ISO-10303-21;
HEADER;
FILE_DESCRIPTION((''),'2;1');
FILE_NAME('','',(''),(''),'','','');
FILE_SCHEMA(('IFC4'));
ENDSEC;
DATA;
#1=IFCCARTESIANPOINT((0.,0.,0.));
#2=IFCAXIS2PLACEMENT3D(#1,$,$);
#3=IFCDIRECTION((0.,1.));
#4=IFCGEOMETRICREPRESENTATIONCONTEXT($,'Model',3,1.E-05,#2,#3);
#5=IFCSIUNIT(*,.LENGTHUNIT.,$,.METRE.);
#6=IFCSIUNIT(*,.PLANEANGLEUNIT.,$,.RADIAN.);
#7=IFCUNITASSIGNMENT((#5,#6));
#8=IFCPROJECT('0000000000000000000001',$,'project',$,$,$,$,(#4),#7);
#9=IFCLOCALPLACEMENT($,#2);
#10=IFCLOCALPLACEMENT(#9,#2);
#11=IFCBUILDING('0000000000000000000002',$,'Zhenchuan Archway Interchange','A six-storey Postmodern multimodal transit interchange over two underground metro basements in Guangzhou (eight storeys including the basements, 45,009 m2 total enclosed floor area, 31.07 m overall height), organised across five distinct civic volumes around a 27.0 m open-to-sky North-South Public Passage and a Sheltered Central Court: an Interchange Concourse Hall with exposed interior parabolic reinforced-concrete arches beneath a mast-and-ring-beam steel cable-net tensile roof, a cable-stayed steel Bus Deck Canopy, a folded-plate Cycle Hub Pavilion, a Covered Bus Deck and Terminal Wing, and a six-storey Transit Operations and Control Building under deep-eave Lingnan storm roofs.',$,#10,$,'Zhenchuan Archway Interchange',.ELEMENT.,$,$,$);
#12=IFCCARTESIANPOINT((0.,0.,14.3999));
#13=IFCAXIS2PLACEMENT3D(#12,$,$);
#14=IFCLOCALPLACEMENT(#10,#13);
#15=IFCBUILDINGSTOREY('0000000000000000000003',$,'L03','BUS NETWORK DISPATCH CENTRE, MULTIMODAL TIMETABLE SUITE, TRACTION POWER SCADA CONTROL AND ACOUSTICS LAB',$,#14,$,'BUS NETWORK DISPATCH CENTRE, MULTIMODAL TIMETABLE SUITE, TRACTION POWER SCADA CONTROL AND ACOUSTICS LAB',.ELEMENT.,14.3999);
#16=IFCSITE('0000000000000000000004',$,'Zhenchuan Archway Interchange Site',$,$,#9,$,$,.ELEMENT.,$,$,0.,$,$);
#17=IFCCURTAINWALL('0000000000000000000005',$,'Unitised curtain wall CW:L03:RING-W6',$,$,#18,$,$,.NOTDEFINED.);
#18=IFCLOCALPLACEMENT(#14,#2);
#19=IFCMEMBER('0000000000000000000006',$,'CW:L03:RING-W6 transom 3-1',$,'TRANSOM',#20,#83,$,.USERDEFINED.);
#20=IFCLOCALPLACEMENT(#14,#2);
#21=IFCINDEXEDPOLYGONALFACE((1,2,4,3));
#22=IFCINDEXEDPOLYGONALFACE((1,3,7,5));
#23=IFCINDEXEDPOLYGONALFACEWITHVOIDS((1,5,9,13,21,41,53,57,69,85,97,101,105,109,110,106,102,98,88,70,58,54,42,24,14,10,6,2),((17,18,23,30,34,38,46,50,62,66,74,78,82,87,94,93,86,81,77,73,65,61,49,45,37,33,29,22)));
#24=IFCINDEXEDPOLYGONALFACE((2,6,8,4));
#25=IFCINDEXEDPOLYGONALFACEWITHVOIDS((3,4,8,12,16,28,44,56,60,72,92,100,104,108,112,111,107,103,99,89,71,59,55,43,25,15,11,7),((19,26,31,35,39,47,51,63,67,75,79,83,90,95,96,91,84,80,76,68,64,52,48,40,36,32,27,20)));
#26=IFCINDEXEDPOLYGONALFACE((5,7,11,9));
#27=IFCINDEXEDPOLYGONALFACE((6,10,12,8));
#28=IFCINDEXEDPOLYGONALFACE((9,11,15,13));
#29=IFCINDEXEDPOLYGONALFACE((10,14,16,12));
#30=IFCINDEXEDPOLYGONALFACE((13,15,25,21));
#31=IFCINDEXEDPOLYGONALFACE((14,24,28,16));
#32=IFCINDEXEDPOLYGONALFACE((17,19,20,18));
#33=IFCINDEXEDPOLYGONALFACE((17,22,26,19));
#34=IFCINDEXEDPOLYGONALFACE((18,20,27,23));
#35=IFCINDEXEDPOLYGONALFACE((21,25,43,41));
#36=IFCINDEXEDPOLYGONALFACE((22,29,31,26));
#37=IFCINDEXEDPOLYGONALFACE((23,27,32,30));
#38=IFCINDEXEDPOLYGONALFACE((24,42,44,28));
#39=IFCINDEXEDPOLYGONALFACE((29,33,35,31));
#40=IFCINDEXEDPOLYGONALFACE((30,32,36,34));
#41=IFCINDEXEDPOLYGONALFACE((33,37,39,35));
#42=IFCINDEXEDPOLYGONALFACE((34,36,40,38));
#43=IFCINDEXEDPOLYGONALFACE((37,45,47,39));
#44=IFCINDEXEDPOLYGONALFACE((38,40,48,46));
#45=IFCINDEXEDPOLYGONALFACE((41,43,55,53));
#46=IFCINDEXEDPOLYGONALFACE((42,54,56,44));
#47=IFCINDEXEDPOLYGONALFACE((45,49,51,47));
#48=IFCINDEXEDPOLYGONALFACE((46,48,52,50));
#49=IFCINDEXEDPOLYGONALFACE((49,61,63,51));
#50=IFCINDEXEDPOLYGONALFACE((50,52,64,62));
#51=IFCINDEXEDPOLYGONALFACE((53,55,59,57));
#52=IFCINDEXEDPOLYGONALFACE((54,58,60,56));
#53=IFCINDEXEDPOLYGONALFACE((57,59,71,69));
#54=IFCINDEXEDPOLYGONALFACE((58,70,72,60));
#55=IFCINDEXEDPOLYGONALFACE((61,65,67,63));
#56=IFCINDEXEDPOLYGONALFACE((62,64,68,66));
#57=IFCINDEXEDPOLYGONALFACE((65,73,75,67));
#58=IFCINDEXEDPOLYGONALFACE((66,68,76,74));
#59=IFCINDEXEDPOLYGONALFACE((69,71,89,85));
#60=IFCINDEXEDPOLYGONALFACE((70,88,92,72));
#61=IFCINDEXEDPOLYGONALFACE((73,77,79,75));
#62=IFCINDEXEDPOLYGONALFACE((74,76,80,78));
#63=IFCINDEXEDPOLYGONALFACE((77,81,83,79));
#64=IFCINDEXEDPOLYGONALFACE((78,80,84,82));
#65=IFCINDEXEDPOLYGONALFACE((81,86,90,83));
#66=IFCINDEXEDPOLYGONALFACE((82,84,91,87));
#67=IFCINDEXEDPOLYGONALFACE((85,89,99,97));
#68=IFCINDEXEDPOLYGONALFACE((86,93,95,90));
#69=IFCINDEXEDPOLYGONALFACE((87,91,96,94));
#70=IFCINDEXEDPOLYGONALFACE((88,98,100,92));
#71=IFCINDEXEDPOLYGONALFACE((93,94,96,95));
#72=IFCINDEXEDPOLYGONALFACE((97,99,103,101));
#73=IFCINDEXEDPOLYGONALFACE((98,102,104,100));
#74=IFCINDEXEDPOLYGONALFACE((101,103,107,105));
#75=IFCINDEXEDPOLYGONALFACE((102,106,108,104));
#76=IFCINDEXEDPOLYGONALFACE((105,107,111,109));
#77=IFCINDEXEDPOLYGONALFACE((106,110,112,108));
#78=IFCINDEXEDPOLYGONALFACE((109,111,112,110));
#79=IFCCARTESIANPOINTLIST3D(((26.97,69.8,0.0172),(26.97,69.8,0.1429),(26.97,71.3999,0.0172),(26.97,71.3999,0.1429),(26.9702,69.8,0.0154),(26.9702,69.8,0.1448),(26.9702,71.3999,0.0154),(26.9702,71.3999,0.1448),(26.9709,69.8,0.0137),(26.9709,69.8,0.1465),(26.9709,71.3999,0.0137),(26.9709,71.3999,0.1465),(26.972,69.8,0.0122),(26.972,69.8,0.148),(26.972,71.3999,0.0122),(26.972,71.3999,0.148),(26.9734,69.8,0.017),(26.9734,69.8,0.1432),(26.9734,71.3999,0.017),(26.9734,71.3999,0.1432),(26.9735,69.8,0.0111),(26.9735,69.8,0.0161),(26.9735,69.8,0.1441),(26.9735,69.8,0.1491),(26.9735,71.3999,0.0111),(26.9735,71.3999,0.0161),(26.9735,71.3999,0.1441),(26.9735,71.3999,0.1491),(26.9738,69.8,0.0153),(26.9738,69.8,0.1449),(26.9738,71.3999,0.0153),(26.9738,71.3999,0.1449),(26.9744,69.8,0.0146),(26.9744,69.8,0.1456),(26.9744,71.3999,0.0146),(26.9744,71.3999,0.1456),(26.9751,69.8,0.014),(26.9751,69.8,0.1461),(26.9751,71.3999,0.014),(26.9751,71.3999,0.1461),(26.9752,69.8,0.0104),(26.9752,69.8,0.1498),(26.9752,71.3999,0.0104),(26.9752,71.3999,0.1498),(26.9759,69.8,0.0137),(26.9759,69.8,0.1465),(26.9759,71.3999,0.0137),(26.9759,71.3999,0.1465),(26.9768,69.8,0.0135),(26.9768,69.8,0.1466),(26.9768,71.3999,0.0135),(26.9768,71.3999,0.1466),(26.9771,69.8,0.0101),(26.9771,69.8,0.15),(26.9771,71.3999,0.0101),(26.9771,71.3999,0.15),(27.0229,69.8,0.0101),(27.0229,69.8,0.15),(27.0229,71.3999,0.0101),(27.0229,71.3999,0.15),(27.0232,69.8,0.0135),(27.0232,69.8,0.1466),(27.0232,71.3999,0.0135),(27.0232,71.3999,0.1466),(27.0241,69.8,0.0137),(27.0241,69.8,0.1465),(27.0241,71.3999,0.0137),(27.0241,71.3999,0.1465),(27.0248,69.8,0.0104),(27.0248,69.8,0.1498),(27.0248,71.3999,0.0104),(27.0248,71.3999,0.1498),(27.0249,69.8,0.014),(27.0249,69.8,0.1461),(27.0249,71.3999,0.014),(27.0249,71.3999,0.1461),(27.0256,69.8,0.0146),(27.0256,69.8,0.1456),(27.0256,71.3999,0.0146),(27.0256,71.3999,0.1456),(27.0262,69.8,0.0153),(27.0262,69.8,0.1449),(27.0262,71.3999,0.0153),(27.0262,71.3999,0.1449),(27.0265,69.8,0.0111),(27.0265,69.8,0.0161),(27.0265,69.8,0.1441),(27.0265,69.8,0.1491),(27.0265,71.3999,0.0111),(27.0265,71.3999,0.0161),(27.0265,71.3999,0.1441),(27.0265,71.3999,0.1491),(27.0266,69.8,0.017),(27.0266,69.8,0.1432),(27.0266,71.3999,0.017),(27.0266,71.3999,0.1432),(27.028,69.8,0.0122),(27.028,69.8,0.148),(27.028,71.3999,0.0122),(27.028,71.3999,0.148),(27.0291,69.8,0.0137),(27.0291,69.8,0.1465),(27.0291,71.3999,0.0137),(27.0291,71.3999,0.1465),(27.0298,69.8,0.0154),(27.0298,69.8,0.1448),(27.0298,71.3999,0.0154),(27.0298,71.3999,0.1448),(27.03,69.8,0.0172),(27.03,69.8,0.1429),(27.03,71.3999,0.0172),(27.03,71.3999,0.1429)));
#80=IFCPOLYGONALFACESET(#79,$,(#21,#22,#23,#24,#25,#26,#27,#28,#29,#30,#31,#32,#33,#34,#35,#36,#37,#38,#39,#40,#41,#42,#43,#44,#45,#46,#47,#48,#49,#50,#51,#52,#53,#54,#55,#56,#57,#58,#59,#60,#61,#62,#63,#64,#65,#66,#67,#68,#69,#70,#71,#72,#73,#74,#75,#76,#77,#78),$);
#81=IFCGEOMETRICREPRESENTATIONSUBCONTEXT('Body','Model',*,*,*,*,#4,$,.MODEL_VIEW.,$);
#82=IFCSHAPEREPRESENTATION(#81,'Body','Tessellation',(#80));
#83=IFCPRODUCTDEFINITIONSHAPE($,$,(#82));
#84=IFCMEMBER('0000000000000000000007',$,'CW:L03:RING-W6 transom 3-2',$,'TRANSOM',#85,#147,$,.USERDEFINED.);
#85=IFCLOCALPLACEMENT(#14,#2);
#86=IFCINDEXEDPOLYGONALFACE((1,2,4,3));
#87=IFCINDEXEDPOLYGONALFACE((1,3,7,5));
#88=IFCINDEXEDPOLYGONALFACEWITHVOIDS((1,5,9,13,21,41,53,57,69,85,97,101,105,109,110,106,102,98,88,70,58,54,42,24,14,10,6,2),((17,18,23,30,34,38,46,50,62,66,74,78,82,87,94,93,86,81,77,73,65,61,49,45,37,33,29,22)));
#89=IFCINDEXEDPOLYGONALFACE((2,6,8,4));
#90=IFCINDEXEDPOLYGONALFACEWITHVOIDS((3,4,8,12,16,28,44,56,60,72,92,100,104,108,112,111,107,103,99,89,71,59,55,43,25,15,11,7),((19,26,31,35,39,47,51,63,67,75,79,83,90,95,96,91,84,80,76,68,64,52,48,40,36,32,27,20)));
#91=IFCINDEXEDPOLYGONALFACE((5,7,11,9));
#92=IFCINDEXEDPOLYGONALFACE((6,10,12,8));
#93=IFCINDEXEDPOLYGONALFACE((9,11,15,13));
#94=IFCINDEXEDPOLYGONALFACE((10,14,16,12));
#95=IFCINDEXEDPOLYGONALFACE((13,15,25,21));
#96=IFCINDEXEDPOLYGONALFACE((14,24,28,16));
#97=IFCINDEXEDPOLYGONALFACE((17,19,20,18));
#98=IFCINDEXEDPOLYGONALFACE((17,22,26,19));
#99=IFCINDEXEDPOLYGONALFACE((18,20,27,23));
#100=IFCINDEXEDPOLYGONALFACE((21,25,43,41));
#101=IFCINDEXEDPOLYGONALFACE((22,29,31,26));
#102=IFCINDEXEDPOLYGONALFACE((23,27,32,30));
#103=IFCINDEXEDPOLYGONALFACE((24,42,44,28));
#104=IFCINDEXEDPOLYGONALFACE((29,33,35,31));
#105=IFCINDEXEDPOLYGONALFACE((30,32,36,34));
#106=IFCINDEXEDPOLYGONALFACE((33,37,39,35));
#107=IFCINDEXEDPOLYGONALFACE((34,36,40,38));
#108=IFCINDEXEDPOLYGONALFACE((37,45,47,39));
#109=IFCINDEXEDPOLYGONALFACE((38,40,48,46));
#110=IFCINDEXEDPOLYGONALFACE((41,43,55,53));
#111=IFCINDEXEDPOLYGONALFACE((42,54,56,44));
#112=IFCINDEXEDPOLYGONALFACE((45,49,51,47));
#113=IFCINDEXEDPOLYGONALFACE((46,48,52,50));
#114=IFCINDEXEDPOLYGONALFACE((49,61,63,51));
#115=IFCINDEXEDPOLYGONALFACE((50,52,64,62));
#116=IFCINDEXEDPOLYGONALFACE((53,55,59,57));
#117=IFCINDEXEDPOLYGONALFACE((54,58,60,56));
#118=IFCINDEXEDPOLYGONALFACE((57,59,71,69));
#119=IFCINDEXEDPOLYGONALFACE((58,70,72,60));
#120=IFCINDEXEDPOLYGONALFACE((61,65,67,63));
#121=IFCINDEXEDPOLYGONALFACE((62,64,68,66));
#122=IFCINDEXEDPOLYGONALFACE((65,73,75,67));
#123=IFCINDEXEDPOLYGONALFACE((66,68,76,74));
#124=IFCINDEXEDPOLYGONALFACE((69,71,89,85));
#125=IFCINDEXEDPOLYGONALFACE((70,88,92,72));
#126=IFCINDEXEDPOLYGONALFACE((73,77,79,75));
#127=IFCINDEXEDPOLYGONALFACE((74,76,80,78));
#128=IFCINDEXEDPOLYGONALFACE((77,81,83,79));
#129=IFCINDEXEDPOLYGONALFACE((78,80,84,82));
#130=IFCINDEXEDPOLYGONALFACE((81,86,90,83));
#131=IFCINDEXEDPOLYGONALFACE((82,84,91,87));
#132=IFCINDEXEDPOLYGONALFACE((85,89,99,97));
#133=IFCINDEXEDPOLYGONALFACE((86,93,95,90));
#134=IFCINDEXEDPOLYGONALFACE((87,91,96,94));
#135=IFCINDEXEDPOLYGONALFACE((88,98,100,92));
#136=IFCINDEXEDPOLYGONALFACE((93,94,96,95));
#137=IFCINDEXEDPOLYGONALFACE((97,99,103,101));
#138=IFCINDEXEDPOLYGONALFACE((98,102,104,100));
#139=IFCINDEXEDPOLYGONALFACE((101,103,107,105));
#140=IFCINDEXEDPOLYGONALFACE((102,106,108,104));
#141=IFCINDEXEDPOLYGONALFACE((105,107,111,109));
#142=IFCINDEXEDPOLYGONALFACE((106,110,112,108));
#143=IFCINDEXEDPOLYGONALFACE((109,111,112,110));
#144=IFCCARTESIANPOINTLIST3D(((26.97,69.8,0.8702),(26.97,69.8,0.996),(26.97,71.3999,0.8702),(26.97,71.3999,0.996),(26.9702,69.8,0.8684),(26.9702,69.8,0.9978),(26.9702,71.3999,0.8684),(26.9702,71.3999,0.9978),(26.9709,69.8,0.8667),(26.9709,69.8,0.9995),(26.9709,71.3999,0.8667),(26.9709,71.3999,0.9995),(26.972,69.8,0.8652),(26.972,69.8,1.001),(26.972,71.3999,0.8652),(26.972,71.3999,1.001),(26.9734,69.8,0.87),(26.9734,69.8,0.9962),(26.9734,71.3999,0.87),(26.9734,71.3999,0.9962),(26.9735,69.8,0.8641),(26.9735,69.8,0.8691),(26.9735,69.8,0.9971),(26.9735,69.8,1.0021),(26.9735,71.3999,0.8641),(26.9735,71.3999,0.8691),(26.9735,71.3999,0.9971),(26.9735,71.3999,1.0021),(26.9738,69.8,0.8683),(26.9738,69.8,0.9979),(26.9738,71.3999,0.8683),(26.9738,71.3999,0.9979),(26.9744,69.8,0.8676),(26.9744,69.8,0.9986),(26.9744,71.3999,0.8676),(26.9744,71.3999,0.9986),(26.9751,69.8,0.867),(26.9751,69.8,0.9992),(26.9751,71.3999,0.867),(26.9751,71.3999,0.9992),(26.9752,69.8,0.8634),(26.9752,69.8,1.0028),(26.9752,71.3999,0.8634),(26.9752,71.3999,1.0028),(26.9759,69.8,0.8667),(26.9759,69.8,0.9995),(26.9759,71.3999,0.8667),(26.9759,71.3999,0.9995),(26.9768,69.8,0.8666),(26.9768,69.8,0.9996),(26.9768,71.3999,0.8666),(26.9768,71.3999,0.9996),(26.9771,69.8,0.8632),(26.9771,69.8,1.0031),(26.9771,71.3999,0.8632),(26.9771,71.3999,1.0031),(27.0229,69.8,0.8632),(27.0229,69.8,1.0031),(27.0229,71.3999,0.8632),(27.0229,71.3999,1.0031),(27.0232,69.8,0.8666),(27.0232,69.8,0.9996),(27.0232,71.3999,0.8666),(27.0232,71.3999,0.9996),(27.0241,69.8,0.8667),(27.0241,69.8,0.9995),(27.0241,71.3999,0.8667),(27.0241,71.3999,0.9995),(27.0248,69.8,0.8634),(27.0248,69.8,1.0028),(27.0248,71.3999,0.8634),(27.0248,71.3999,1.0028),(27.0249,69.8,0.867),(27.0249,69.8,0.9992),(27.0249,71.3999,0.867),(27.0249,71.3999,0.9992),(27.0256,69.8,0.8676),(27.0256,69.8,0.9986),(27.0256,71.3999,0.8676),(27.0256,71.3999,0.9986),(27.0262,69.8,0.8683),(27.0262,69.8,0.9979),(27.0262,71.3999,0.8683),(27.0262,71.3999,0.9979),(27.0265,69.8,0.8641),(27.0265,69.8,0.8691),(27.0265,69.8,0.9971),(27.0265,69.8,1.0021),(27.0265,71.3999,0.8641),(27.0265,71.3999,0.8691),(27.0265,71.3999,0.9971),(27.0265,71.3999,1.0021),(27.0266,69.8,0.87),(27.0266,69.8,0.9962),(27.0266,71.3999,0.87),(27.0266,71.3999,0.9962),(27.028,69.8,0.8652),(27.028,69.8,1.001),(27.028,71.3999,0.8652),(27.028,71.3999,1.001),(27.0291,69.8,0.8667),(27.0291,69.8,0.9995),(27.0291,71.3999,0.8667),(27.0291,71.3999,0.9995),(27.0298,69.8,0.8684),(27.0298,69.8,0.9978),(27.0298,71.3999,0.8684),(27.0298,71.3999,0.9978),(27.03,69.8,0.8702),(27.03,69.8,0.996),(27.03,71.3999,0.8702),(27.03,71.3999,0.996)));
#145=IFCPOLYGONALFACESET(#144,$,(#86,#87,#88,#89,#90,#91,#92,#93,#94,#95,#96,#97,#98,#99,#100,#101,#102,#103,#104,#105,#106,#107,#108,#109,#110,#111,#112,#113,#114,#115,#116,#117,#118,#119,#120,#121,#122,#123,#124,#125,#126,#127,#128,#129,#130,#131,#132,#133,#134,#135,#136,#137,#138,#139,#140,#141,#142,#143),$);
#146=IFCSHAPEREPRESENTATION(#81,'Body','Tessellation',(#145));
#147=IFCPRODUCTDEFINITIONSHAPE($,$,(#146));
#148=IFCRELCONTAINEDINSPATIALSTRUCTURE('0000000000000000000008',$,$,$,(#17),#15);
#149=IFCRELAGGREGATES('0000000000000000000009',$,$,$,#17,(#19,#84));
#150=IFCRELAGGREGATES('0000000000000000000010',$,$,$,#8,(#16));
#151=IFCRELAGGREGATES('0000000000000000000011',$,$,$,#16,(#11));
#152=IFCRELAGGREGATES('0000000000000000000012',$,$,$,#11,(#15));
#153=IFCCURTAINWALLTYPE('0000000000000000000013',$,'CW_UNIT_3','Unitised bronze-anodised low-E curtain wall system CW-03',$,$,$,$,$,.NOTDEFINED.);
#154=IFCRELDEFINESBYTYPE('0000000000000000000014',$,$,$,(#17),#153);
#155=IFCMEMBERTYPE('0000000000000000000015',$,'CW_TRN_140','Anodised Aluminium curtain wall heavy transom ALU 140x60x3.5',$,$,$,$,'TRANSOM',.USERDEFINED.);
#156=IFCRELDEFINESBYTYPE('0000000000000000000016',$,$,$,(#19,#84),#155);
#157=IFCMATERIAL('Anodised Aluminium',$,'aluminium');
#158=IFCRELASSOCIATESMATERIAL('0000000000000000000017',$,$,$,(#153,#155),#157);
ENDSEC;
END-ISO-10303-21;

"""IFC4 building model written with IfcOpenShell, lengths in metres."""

from ifc_helpers import new_model, si_unit, direction, frame, origin, origin_2d, place, context, subcontext, project, spatial, hollow_rectangle, extrude, material, material_profile, profile_set, type_object, element, aggregate, save


model = new_model("IFC4")

# Units and contexts
model_context = context("Model", 3, precision=1e-05, world=origin(), true_north=direction((0.0, 1.0)))
body_context = subcontext(model_context, "Body", "Model", "MODEL_VIEW")
ifc_project = project(units=[si_unit("LENGTHUNIT", "METRE"), si_unit("PLANEANGLEUNIT", "RADIAN")], contexts=[model_context])

# Site, building, storey
site_placement = place(None, origin())
site = spatial("IfcSite", under=ifc_project, at=site_placement, Name="Zhenchuan Archway Interchange Site", CompositionType="ELEMENT", RefElevation=0.0)
building_placement = place(site_placement, origin())
building = spatial("IfcBuilding", under=site, at=building_placement, Name="Zhenchuan Archway Interchange", Description="A six-storey Postmodern multimodal transit interchange over two underground metro basements in Guangzhou (eight storeys including the basements, 45,009 m2 total enclosed floor area, 31.07 m overall height), organised across five distinct civic volumes around a 27.0 m open-to-sky North-South Public Passage and a Sheltered Central Court: an Interchange Concourse Hall with exposed interior parabolic reinforced-concrete arches beneath a mast-and-ring-beam steel cable-net tensile roof, a cable-stayed steel Bus Deck Canopy, a folded-plate Cycle Hub Pavilion, a Covered Bus Deck and Terminal Wing, and a six-storey Transit Operations and Control Building under deep-eave Lingnan storm roofs.", LongName="Zhenchuan Archway Interchange", CompositionType="ELEMENT")
storey_placement = place(building_placement, frame((0.0, 0.0, 14.3999)))
storey = spatial("IfcBuildingStorey", under=building, at=storey_placement, Name="L03", Description="BUS NETWORK DISPATCH CENTRE, MULTIMODAL TIMETABLE SUITE, TRACTION POWER SCADA CONTROL AND ACOUSTICS LAB", LongName="BUS NETWORK DISPATCH CENTRE, MULTIMODAL TIMETABLE SUITE, TRACTION POWER SCADA CONTROL AND ACOUSTICS LAB", CompositionType="ELEMENT", Elevation=14.3999)

# Curtain wall, members
ifc_material_1 = material(Name="Anodised Aluminium", Category="aluminium")
curtain_wall_type = type_object("IfcCurtainWallType", Name="CW_UNIT_3", Description="Unitised bronze-anodised low-E curtain wall system CW-03", PredefinedType="NOTDEFINED", material=ifc_material_1)
curtain_wall_placement = place(storey_placement, origin())
curtain_wall = element("IfcCurtainWall", 1, at=curtain_wall_placement, inside=storey, type_object=curtain_wall_type, Name="Unitised curtain wall CW:L03:RING-W6", PredefinedType="NOTDEFINED")
ifc_material_profile_1 = material_profile(ifc_material_1, hollow_rectangle(XDim=0.0601, YDim=0.1399, WallThickness=0.0034, InnerFilletRadius=0.0034, OuterFilletRadius=0.0071, at=origin_2d()), Name="ALU 140x60x3.5")
ifc_profile_set_1 = profile_set([ifc_material_profile_1], Name="Anodised Aluminium")
member_type_1 = type_object("IfcMemberType", Name="CW_TRN_140", Description="Anodised Aluminium curtain wall heavy transom ALU 140x60x3.5", ElementType="TRANSOM", PredefinedType="USERDEFINED", material=ifc_profile_set_1)
member_1_placement = place(storey_placement, frame((27.0, 69.8, 0.0801), z_axis=(0.0, 1.0, 0.0), x_axis=(-1.0, 0.0, 0.0)))
member_1 = element("IfcMember", 2, at=member_1_placement, type_object=member_type_1, Name="CW:L03:RING-W6 transom 3-1", ObjectType="TRANSOM", PredefinedType="USERDEFINED", context=body_context, shape_type="SweptSolid", body=[
    extrude(hollow_rectangle(XDim=0.0601, YDim=0.1399, WallThickness=0.0034, InnerFilletRadius=0.0034, OuterFilletRadius=0.0071, at=origin_2d()), origin(), (0.0, 0.0, 1.0), 1.5999),
])
member_2_placement = place(storey_placement, frame((27.0, 69.8, 0.9331), z_axis=(0.0, 1.0, 0.0), x_axis=(-1.0, 0.0, 0.0)))
member_2 = element("IfcMember", 3, at=member_2_placement, type_object=member_type_1, Name="CW:L03:RING-W6 transom 3-2", ObjectType="TRANSOM", PredefinedType="USERDEFINED", context=body_context, shape_type="SweptSolid", body=[
    extrude(hollow_rectangle(XDim=0.0601, YDim=0.1399, WallThickness=0.0034, InnerFilletRadius=0.0034, OuterFilletRadius=0.0071, at=origin_2d()), origin(), (0.0, 0.0, 1.0), 1.5999),
])
aggregate(curtain_wall, [member_1, member_2])

save(model, "model.ifc")
